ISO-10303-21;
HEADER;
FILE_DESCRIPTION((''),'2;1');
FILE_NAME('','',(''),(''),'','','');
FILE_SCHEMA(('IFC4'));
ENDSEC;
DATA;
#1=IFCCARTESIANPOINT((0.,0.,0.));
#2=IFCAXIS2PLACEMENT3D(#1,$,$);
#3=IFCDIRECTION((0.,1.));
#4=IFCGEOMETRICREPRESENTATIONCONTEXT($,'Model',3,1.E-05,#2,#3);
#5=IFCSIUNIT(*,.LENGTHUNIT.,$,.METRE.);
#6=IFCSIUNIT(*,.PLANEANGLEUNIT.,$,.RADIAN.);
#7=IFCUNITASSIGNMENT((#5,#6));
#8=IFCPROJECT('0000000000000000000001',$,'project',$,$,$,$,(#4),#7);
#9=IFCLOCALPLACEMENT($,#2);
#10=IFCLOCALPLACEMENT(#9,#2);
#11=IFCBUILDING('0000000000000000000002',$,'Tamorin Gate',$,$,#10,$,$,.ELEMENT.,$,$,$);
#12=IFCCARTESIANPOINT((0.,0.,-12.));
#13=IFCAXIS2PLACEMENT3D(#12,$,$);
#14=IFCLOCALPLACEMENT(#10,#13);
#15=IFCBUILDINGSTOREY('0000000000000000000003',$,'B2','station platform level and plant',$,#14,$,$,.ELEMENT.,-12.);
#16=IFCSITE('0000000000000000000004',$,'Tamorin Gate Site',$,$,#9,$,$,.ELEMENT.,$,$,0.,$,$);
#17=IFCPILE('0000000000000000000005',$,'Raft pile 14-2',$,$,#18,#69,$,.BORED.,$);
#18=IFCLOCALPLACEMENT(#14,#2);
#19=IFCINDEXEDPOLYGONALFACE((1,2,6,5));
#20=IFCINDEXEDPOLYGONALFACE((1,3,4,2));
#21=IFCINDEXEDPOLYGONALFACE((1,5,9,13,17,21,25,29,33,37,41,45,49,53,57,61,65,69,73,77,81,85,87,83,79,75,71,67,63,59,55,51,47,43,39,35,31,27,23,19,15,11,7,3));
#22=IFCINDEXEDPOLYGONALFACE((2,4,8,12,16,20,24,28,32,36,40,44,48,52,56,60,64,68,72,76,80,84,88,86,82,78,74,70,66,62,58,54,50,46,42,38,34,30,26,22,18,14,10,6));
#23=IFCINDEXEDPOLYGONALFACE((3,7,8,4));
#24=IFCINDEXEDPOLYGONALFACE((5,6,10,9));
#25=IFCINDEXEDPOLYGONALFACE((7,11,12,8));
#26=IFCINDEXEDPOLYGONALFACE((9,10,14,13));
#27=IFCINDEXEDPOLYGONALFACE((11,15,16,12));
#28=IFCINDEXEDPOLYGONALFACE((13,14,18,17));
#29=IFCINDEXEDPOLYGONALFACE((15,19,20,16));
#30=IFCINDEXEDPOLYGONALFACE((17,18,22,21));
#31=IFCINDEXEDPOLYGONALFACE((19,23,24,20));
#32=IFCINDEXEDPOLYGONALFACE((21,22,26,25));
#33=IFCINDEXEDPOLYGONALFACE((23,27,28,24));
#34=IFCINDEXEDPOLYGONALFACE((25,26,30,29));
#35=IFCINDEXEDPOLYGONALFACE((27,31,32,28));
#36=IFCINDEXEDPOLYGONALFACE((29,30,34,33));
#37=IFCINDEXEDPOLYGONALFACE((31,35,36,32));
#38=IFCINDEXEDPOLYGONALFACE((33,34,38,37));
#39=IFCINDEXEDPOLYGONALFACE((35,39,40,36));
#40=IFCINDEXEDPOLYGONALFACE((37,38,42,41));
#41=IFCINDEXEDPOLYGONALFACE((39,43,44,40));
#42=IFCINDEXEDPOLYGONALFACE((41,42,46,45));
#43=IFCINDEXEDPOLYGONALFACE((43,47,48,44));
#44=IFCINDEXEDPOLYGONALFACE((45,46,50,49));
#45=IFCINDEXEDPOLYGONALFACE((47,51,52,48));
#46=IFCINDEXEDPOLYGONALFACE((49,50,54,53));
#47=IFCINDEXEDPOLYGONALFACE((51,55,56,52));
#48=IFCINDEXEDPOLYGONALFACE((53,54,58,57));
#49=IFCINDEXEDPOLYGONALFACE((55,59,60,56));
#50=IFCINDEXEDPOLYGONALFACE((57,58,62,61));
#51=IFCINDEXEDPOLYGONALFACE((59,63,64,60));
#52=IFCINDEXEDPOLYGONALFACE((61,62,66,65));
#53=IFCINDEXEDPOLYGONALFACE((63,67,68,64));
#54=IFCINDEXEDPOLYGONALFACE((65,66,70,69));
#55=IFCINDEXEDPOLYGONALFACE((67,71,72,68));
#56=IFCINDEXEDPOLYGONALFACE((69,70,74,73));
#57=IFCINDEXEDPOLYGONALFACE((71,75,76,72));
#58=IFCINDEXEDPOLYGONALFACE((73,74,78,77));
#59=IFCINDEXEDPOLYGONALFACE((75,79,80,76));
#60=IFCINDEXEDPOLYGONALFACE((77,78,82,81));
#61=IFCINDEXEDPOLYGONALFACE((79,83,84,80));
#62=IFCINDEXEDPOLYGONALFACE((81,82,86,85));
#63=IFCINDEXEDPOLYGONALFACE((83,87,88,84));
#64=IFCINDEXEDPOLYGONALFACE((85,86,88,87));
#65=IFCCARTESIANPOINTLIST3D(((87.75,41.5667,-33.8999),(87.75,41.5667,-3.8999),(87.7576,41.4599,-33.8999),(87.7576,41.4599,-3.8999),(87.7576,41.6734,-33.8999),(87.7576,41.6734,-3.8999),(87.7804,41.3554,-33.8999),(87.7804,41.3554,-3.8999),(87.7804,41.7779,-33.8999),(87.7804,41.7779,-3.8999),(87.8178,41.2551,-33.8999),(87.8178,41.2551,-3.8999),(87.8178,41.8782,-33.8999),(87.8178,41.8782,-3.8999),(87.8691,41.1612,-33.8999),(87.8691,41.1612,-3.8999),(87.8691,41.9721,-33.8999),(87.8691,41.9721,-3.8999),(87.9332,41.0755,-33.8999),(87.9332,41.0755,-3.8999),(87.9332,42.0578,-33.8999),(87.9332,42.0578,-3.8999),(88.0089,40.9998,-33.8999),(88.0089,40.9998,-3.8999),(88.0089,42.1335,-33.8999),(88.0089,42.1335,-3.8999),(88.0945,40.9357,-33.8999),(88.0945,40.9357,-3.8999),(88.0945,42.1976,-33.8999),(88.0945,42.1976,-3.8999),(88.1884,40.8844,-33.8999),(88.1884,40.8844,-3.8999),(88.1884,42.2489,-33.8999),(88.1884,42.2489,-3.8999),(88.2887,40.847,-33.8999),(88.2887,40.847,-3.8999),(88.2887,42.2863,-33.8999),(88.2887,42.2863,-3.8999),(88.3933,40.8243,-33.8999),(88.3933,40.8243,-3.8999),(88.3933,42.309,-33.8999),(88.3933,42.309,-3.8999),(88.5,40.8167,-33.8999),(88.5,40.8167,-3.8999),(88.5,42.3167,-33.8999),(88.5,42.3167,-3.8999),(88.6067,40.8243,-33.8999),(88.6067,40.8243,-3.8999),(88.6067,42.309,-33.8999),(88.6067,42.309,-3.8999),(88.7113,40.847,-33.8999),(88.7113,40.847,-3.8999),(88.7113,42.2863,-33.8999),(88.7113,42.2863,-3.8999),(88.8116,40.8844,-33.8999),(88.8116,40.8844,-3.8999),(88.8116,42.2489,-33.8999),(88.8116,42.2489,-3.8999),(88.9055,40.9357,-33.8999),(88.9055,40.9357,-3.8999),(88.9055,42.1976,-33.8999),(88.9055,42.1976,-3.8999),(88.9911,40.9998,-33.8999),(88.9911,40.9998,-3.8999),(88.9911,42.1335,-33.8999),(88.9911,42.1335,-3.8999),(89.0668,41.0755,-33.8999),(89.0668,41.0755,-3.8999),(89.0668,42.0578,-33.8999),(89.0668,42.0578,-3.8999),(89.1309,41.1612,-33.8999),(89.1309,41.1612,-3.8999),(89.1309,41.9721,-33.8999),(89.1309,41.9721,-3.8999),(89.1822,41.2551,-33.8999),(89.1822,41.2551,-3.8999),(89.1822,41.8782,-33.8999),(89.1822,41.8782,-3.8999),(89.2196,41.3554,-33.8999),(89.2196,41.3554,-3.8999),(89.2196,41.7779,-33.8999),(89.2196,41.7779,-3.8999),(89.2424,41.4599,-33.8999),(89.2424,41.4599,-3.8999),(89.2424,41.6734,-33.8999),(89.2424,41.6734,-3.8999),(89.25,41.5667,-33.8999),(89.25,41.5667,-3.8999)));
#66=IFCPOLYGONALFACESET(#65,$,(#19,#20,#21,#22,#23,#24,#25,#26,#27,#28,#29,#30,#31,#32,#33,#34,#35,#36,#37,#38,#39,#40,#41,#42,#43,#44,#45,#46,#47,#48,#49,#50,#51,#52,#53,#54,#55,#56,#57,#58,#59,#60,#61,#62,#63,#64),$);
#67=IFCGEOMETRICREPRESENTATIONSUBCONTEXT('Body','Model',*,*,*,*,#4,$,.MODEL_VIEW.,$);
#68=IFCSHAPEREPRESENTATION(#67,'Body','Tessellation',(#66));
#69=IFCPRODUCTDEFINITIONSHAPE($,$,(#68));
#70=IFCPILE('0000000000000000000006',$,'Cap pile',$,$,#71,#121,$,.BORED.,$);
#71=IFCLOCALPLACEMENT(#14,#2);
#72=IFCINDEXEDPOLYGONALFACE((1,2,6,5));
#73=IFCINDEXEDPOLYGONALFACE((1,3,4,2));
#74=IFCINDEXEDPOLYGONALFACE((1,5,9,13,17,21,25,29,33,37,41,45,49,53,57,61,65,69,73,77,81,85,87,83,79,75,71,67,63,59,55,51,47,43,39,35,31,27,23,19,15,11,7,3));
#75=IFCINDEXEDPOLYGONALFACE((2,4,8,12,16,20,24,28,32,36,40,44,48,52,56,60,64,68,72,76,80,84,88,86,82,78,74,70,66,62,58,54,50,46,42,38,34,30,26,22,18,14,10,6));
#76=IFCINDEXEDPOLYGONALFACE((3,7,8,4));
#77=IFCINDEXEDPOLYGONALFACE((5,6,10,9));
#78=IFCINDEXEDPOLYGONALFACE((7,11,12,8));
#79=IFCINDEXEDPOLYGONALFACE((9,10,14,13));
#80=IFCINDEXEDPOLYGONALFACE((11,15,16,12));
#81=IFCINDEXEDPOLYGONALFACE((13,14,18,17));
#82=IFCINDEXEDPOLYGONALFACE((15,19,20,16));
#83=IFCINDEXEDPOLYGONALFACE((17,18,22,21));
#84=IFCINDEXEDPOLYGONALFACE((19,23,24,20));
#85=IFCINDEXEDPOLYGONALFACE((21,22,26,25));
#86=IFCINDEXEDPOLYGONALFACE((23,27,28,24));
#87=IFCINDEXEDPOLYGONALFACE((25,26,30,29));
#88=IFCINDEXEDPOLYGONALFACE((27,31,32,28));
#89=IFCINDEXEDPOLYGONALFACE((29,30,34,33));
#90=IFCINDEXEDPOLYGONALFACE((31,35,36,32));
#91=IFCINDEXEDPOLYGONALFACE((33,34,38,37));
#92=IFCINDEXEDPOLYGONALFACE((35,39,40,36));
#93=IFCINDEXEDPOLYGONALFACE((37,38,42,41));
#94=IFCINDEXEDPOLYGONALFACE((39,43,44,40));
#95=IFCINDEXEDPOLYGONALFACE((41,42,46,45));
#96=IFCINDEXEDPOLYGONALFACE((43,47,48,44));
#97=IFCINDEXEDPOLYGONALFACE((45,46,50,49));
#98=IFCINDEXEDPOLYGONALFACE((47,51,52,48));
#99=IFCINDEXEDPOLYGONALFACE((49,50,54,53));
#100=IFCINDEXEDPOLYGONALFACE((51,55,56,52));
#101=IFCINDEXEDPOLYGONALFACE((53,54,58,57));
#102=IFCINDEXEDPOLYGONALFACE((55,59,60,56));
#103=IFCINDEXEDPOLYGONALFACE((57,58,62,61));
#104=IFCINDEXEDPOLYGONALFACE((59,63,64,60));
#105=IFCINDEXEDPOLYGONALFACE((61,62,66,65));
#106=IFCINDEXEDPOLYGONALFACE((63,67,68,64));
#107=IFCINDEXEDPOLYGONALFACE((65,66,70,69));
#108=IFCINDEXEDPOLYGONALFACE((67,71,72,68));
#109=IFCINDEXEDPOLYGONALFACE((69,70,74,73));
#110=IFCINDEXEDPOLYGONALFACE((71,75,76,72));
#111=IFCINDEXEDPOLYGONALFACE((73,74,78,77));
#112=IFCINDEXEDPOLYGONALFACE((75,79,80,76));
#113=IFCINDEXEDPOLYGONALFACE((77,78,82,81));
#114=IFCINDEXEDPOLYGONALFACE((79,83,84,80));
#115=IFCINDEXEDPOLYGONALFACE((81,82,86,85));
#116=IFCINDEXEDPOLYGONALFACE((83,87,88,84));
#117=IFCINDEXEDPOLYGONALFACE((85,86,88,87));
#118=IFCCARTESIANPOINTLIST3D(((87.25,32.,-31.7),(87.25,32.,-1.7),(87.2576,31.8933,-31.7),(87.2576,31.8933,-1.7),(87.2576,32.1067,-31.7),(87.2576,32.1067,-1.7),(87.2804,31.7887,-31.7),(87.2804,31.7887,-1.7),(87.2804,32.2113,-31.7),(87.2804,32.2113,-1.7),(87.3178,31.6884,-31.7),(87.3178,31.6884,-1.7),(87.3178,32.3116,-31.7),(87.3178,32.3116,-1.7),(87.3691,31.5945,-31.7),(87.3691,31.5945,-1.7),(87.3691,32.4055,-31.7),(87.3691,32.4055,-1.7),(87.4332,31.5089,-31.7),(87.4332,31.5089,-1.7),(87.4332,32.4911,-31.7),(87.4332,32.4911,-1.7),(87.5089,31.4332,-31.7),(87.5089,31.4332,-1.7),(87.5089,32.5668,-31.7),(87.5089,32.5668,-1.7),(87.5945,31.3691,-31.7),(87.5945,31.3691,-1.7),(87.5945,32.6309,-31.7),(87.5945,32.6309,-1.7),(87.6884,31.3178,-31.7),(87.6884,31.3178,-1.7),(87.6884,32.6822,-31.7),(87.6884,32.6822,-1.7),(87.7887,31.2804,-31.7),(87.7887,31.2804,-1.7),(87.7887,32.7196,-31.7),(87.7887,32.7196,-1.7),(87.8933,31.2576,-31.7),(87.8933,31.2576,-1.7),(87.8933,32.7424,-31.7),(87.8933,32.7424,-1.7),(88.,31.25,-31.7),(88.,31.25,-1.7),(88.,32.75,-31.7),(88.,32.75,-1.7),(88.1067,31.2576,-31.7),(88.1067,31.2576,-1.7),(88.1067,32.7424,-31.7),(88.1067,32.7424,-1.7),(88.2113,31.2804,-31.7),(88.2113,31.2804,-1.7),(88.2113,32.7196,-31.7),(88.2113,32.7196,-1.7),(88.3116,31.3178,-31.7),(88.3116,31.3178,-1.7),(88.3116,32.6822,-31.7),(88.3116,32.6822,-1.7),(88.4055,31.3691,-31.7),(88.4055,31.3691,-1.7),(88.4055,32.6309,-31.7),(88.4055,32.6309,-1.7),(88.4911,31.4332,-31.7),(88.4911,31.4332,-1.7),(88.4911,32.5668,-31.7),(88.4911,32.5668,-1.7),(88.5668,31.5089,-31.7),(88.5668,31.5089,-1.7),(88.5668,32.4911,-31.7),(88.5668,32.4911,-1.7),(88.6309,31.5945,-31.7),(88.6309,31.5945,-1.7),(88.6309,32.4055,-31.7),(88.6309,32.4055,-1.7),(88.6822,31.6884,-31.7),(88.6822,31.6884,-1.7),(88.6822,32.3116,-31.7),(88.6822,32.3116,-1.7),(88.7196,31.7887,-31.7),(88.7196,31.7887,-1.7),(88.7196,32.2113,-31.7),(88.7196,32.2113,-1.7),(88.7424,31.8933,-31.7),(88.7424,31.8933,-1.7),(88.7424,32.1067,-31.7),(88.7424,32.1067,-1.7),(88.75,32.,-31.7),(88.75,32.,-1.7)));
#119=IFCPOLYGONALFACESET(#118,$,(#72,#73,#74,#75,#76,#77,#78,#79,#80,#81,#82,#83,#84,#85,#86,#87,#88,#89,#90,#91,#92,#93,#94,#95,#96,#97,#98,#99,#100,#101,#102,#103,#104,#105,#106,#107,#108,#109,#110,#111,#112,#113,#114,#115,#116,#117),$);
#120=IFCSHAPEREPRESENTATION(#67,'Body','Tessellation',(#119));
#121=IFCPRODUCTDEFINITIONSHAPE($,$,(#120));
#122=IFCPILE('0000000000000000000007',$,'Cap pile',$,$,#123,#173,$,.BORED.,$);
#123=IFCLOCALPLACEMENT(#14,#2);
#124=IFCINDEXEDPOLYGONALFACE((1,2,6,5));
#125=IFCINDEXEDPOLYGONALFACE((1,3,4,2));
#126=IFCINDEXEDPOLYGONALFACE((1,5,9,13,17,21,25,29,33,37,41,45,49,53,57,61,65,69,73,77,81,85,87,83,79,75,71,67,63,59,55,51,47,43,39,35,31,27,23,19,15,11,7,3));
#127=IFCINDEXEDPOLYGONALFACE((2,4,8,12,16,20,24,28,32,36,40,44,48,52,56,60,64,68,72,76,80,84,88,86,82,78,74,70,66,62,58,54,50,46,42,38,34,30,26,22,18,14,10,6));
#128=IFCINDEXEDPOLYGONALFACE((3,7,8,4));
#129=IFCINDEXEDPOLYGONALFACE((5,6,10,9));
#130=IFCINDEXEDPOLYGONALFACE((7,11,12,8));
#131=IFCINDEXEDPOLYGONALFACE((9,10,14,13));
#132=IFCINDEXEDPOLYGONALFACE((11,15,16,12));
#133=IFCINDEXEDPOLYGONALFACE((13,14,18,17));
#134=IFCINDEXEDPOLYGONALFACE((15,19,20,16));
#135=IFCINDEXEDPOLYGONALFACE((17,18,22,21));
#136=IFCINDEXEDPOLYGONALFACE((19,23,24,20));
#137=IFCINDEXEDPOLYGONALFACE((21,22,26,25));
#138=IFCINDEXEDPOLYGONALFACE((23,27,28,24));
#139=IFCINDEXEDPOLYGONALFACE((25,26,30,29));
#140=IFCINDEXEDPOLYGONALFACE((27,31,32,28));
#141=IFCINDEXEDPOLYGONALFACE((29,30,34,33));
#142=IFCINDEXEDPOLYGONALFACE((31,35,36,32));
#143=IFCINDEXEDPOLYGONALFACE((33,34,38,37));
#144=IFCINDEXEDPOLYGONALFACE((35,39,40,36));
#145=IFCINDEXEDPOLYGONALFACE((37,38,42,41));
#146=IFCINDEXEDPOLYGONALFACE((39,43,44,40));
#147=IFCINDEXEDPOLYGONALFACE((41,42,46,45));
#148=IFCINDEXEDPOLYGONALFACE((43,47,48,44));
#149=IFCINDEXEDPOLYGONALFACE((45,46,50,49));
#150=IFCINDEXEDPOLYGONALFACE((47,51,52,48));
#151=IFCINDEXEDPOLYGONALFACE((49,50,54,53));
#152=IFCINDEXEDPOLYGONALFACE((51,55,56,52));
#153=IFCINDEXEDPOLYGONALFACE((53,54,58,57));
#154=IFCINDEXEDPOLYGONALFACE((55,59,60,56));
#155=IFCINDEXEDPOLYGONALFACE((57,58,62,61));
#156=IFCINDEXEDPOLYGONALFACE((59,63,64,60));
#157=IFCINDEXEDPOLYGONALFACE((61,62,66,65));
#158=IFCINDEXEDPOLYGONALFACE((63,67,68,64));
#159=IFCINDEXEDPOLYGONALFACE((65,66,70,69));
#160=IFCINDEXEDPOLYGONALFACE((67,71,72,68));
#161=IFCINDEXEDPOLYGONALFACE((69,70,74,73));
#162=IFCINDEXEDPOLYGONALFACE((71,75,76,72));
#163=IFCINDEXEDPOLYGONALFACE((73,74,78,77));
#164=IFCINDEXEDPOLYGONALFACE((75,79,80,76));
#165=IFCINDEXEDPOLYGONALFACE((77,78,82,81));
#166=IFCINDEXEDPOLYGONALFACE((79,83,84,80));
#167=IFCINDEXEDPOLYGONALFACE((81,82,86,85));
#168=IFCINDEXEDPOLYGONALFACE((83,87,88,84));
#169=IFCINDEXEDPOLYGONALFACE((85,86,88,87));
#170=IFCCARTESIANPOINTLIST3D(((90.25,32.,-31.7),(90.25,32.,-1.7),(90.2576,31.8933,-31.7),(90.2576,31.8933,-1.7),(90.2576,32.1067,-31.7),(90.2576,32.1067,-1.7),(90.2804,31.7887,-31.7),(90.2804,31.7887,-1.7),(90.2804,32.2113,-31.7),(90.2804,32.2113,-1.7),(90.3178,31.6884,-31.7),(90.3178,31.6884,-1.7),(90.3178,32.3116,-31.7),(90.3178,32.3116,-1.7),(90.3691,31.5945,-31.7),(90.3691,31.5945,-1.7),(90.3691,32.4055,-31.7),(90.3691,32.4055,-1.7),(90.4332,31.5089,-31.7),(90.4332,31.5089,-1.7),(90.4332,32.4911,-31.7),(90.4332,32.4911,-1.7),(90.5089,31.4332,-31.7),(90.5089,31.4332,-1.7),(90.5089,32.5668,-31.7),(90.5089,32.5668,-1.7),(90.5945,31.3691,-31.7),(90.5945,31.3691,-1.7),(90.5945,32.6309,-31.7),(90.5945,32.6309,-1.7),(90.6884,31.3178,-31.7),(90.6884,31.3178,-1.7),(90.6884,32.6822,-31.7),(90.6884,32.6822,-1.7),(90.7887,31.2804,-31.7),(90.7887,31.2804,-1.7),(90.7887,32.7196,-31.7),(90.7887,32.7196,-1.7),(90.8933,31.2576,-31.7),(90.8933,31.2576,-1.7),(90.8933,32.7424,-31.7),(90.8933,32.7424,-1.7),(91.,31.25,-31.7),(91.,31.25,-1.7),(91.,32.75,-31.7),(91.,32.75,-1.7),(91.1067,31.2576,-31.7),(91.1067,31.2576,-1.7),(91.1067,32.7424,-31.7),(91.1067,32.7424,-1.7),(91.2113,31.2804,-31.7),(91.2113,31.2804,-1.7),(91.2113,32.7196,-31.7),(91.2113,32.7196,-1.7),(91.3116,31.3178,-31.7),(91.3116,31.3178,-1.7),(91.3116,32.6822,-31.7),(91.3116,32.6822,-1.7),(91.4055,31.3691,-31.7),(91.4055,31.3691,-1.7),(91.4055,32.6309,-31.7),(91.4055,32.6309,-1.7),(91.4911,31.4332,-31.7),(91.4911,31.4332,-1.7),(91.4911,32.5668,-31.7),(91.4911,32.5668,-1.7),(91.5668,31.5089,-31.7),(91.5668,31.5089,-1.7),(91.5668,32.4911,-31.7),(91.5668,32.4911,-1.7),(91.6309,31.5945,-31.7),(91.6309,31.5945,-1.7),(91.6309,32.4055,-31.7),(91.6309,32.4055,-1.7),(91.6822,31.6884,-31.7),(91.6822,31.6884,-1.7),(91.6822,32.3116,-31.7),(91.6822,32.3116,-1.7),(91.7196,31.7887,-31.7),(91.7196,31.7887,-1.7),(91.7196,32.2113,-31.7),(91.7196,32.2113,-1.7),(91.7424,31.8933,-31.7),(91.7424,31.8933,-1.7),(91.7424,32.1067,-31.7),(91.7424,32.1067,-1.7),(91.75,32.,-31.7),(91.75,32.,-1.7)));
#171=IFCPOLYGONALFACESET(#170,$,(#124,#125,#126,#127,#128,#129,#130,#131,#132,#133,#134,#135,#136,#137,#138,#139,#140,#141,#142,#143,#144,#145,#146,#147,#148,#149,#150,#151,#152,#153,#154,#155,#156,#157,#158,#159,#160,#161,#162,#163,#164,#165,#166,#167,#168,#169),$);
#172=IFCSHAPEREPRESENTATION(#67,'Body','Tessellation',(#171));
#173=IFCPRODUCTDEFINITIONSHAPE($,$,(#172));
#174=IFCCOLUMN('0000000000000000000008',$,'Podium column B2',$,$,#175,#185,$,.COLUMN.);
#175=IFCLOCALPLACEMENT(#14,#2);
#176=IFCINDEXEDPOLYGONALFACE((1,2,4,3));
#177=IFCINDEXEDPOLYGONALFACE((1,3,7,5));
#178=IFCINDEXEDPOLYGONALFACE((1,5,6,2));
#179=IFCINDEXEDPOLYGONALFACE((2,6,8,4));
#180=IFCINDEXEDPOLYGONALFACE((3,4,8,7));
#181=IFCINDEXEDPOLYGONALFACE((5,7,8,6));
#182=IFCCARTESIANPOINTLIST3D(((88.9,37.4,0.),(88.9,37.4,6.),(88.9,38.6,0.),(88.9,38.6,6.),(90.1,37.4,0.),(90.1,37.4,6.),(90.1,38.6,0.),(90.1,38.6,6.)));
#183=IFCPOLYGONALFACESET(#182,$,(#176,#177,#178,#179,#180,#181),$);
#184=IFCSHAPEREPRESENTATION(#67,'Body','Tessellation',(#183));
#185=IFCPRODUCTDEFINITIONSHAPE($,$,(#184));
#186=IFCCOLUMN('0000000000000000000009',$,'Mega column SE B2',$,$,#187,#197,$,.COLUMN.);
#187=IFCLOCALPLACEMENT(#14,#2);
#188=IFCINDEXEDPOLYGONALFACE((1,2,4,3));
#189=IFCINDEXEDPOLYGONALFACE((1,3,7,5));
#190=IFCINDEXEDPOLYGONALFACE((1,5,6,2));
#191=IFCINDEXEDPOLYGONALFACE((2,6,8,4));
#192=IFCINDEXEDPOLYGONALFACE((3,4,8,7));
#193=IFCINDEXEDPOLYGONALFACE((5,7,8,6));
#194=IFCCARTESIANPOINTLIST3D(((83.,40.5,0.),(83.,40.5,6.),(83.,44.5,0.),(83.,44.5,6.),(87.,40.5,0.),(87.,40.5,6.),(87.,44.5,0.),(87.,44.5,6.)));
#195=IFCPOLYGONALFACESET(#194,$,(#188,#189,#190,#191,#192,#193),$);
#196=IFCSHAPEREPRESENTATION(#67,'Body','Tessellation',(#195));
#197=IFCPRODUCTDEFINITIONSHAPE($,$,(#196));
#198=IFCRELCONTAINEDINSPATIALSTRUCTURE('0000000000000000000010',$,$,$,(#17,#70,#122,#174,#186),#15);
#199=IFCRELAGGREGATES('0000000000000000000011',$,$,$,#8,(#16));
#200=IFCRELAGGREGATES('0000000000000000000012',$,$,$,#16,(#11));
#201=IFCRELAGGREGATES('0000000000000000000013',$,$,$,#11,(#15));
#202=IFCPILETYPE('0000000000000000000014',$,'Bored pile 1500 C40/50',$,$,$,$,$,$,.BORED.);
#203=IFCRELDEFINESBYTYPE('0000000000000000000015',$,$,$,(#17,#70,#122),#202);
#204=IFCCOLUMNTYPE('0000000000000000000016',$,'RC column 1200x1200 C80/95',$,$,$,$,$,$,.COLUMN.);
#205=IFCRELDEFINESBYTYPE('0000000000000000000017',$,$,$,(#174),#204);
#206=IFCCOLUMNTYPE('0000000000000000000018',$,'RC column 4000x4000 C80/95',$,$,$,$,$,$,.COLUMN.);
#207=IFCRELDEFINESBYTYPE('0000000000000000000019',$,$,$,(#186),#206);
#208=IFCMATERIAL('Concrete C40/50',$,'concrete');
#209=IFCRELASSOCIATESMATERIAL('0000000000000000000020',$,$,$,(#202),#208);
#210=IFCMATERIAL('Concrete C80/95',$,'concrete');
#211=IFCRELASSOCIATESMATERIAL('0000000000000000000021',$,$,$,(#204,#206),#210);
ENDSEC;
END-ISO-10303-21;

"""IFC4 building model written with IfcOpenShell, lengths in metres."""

from ifc_helpers import new_model, si_unit, direction, frame, origin, origin_2d, place, context, subcontext, project, spatial, rectangle, circle, extrude, material, material_profile, profile_set, type_object, element, save


model = new_model("IFC4")

# Units and contexts
model_context = context("Model", 3, precision=1e-05, world=origin(), true_north=direction((0.0, 1.0)))
body_context = subcontext(model_context, "Body", "Model", "MODEL_VIEW")
ifc_project = project(units=[si_unit("LENGTHUNIT", "METRE"), si_unit("PLANEANGLEUNIT", "RADIAN")], contexts=[model_context])

# Site, building, storey
site_placement = place(None, origin())
site = spatial("IfcSite", under=ifc_project, at=site_placement, Name="Tamorin Gate Site", CompositionType="ELEMENT", RefElevation=0.0)
building_placement = place(site_placement, origin())
building = spatial("IfcBuilding", under=site, at=building_placement, Name="Tamorin Gate", CompositionType="ELEMENT")
storey_placement = place(building_placement, frame((0.0, 0.0, -12.0)))
storey = spatial("IfcBuildingStorey", under=building, at=storey_placement, Name="B2", Description="station platform level and plant", CompositionType="ELEMENT", Elevation=-12.0)

# Piles
ifc_material_1 = material(Name="Concrete C40/50", Category="concrete")
ifc_material_profile_1 = material_profile(ifc_material_1, circle(Radius=0.75, at=origin_2d()))
ifc_profile_set_1 = profile_set([ifc_material_profile_1], Name="Concrete C40/50")
pile_type = type_object("IfcPileType", Name="Bored pile 1500 C40/50", PredefinedType="BORED", material=ifc_profile_set_1)
for number, where, z_axis, x_axis, name in (
    (1, (88.5, 41.5667, -3.8999), (0.0, 0.0, -1.0), (1.0, 0.0, 0.0), "Raft pile 14-2"),
    (2, (88.0, 32.0, -1.7), (0.0, 0.0, -1.0), (1.0, 0.0, 0.0), "Cap pile"),
    (3, (91.0, 32.0, -1.7), (0.0, 0.0, -1.0), (1.0, 0.0, 0.0), "Cap pile"),
):
    element("IfcPile", number, at=place(storey_placement, frame(where, z_axis=z_axis, x_axis=x_axis)), inside=storey, type_object=pile_type, Name=name, PredefinedType="BORED", context=body_context, shape_type="SweptSolid", body=[
        extrude(circle(Radius=0.75, at=origin_2d()), origin(), (0.0, 0.0, 1.0), 30.0),
    ])

# Columns
ifc_material_2 = material(Name="Concrete C80/95", Category="concrete")
ifc_material_profile_2 = material_profile(ifc_material_2, rectangle(XDim=1.2, YDim=1.2, at=origin_2d()), Name="RC 1200x1200")
ifc_profile_set_2 = profile_set([ifc_material_profile_2], Name="Concrete C80/95")
column_type_1 = type_object("IfcColumnType", Name="RC column 1200x1200 C80/95", PredefinedType="COLUMN", material=ifc_profile_set_2)
column_1_placement = place(storey_placement, frame((89.5, 38.0, 0.0), z_axis=(0.0, 0.0, 1.0), x_axis=(1.0, 0.0, 0.0)))
element("IfcColumn", 4, at=column_1_placement, inside=storey, type_object=column_type_1, Name="Podium column B2", PredefinedType="COLUMN", context=body_context, shape_type="SweptSolid", body=[
    extrude(rectangle(XDim=1.2, YDim=1.2, at=origin_2d()), origin(), (0.0, 0.0, 1.0), 6.0),
])
ifc_material_profile_3 = material_profile(ifc_material_2, rectangle(XDim=4.0, YDim=4.0, at=origin_2d()), Name="RC 4000x4000")
ifc_profile_set_3 = profile_set([ifc_material_profile_3], Name="Concrete C80/95")
column_type_2 = type_object("IfcColumnType", Name="RC column 4000x4000 C80/95", PredefinedType="COLUMN", material=ifc_profile_set_3)
column_2_placement = place(storey_placement, frame((85.0, 42.5, 0.0), z_axis=(0.0, 0.0, 1.0), x_axis=(1.0, 0.0, 0.0)))
element("IfcColumn", 5, at=column_2_placement, inside=storey, type_object=column_type_2, Name="Mega column SE B2", PredefinedType="COLUMN", context=body_context, shape_type="SweptSolid", body=[
    extrude(rectangle(XDim=4.0, YDim=4.0, at=origin_2d()), origin(), (0.0, 0.0, 1.0), 6.0),
])

save(model, "model.ifc")
